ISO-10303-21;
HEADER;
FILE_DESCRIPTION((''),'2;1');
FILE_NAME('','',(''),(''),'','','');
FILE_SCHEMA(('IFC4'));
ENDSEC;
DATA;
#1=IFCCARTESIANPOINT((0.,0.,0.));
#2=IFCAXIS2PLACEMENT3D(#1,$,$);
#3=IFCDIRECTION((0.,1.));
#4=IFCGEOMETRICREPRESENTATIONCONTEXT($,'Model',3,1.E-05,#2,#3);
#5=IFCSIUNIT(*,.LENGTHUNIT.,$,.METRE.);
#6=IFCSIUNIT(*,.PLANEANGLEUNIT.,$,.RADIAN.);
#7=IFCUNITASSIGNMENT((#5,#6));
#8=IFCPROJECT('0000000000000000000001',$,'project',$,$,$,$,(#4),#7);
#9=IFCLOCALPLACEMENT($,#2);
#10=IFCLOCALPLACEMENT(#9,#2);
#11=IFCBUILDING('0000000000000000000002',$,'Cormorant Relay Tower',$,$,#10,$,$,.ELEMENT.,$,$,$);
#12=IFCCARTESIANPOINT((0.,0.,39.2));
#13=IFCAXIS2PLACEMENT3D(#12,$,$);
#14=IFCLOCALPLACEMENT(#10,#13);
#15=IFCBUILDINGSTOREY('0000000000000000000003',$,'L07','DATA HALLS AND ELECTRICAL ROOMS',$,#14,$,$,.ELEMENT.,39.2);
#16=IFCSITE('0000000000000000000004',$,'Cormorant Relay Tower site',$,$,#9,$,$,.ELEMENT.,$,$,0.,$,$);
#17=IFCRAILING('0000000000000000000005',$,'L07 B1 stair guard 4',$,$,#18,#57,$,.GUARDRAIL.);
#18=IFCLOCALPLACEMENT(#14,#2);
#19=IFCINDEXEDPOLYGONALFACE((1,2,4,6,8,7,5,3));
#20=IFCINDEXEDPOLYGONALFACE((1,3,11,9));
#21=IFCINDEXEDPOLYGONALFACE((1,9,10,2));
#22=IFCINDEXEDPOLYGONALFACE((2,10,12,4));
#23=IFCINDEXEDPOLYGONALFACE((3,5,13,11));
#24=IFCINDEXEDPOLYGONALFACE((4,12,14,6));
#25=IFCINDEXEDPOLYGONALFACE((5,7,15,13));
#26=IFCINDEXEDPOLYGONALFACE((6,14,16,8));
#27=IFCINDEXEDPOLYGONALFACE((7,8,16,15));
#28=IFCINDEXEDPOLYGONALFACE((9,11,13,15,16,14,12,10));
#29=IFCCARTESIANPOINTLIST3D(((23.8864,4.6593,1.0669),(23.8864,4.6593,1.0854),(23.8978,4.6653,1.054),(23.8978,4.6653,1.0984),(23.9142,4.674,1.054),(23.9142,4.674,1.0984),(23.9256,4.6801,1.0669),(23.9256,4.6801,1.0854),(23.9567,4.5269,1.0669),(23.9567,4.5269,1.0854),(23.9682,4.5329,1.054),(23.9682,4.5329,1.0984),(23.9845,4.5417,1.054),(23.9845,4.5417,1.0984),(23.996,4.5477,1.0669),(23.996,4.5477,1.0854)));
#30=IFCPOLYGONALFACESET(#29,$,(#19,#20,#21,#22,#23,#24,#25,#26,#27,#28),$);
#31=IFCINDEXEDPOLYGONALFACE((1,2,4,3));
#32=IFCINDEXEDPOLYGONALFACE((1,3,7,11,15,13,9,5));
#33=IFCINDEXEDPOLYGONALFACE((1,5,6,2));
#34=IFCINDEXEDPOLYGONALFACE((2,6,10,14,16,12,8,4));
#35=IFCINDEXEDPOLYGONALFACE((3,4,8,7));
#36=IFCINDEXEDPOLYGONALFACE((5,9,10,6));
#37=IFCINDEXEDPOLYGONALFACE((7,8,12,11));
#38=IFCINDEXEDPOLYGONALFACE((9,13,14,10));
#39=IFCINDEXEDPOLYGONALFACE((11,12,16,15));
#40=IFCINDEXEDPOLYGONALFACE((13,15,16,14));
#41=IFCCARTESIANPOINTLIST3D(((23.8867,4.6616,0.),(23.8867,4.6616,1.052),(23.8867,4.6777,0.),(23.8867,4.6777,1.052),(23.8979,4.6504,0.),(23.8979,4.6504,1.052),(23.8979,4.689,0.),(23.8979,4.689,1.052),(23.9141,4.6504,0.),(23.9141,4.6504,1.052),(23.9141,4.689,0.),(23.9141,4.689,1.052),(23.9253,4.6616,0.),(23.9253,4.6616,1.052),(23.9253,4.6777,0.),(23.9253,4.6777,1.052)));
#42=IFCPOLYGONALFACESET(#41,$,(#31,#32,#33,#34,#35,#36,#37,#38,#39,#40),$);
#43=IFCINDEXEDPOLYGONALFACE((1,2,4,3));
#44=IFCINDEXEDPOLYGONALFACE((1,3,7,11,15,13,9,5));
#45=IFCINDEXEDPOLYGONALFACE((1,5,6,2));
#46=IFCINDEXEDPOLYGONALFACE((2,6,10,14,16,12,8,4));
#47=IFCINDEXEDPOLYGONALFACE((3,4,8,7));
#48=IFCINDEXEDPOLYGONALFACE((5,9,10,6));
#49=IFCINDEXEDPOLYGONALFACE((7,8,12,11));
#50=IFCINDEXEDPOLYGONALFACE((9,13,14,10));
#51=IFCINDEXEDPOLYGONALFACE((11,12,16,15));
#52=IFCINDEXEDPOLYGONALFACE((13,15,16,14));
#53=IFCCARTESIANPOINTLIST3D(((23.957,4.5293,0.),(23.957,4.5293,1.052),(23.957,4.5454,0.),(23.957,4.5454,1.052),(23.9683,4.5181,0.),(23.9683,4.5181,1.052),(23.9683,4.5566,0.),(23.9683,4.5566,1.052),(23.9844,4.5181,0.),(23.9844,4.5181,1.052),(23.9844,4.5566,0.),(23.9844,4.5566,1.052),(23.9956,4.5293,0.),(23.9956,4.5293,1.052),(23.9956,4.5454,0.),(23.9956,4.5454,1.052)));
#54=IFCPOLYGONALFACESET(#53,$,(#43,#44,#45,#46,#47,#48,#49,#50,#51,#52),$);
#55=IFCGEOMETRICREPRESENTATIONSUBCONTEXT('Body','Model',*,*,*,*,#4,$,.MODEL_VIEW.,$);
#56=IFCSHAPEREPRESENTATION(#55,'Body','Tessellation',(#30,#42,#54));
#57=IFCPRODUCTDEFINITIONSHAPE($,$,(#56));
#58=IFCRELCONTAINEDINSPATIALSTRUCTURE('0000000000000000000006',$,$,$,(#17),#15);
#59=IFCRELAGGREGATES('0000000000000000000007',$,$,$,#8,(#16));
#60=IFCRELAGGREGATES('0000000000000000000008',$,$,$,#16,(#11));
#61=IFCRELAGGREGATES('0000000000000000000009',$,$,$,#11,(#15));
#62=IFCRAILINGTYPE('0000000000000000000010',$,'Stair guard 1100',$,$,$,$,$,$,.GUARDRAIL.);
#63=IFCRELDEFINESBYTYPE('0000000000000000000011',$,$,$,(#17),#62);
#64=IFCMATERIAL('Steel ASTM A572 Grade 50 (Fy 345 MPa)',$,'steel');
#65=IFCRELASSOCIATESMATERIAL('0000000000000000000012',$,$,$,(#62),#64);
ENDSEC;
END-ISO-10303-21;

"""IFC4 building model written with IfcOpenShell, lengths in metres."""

from ifc_helpers import new_model, si_unit, direction, frame, origin, place, context, subcontext, project, spatial, polyline, outline, extrude, material, type_object, element, save


model = new_model("IFC4")

# Units and contexts
model_context = context("Model", 3, precision=1e-05, world=origin(), true_north=direction((0.0, 1.0)))
body_context = subcontext(model_context, "Body", "Model", "MODEL_VIEW")
ifc_project = project(units=[si_unit("LENGTHUNIT", "METRE"), si_unit("PLANEANGLEUNIT", "RADIAN")], contexts=[model_context])

# Site, building, storey
site_placement = place(None, origin())
site = spatial("IfcSite", under=ifc_project, at=site_placement, Name="Cormorant Relay Tower site", CompositionType="ELEMENT", RefElevation=0.0)
building_placement = place(site_placement, origin())
building = spatial("IfcBuilding", under=site, at=building_placement, Name="Cormorant Relay Tower", CompositionType="ELEMENT")
storey_placement = place(building_placement, frame((0.0, 0.0, 39.2)))
storey = spatial("IfcBuildingStorey", under=building, at=storey_placement, Name="L07", Description="DATA HALLS AND ELECTRICAL ROOMS", CompositionType="ELEMENT", Elevation=39.2)

# Railing
ifc_material_1 = material(Name="Steel ASTM A572 Grade 50 (Fy 345 MPa)", Category="steel")
railing_type = type_object("IfcRailingType", Name="Stair guard 1100", PredefinedType="GUARDRAIL", material=ifc_material_1)
railing_placement = place(storey_placement, frame((23.906, 4.6697, 0.0)))
element("IfcRailing", 1, at=railing_placement, inside=storey, type_object=railing_type, Name="L07 B1 stair guard 4", PredefinedType="GUARDRAIL", context=body_context, shape_type="SweptSolid", body=[
    extrude(outline(polyline([(0.0222, 0.0093), (0.0093, 0.0222), (-0.0093, 0.0222), (-0.0222, 0.0093), (-0.0222, -0.0093), (-0.0093, -0.0222), (0.0093, -0.0222), (0.0222, -0.0093), (0.0222, 0.0093)])), frame((0.0, 0.0, 1.0762), z_axis=(0.469235, -0.883074, 0.0), x_axis=(0.883074, 0.469235, 0.0)), (0.0, 0.0, 1.0), 0.1499),
    extrude(outline(polyline([(0.0193, 0.0081), (0.0081, 0.0193), (-0.0081, 0.0193), (-0.0193, 0.0081), (-0.0193, -0.0081), (-0.0081, -0.0193), (0.0081, -0.0193), (0.0193, -0.0081), (0.0193, 0.0081)])), origin(), (0.0, 0.0, 1.0), 1.052),
    extrude(outline(polyline([(0.0193, 0.0081), (0.0081, 0.0193), (-0.0081, 0.0193), (-0.0193, 0.0081), (-0.0193, -0.0081), (-0.0081, -0.0193), (0.0081, -0.0193), (0.0193, -0.0081), (0.0193, 0.0081)])), frame((0.0703, -0.1323, 0.0)), (0.0, 0.0, 1.0), 1.052),
])

save(model, "model.ifc")
